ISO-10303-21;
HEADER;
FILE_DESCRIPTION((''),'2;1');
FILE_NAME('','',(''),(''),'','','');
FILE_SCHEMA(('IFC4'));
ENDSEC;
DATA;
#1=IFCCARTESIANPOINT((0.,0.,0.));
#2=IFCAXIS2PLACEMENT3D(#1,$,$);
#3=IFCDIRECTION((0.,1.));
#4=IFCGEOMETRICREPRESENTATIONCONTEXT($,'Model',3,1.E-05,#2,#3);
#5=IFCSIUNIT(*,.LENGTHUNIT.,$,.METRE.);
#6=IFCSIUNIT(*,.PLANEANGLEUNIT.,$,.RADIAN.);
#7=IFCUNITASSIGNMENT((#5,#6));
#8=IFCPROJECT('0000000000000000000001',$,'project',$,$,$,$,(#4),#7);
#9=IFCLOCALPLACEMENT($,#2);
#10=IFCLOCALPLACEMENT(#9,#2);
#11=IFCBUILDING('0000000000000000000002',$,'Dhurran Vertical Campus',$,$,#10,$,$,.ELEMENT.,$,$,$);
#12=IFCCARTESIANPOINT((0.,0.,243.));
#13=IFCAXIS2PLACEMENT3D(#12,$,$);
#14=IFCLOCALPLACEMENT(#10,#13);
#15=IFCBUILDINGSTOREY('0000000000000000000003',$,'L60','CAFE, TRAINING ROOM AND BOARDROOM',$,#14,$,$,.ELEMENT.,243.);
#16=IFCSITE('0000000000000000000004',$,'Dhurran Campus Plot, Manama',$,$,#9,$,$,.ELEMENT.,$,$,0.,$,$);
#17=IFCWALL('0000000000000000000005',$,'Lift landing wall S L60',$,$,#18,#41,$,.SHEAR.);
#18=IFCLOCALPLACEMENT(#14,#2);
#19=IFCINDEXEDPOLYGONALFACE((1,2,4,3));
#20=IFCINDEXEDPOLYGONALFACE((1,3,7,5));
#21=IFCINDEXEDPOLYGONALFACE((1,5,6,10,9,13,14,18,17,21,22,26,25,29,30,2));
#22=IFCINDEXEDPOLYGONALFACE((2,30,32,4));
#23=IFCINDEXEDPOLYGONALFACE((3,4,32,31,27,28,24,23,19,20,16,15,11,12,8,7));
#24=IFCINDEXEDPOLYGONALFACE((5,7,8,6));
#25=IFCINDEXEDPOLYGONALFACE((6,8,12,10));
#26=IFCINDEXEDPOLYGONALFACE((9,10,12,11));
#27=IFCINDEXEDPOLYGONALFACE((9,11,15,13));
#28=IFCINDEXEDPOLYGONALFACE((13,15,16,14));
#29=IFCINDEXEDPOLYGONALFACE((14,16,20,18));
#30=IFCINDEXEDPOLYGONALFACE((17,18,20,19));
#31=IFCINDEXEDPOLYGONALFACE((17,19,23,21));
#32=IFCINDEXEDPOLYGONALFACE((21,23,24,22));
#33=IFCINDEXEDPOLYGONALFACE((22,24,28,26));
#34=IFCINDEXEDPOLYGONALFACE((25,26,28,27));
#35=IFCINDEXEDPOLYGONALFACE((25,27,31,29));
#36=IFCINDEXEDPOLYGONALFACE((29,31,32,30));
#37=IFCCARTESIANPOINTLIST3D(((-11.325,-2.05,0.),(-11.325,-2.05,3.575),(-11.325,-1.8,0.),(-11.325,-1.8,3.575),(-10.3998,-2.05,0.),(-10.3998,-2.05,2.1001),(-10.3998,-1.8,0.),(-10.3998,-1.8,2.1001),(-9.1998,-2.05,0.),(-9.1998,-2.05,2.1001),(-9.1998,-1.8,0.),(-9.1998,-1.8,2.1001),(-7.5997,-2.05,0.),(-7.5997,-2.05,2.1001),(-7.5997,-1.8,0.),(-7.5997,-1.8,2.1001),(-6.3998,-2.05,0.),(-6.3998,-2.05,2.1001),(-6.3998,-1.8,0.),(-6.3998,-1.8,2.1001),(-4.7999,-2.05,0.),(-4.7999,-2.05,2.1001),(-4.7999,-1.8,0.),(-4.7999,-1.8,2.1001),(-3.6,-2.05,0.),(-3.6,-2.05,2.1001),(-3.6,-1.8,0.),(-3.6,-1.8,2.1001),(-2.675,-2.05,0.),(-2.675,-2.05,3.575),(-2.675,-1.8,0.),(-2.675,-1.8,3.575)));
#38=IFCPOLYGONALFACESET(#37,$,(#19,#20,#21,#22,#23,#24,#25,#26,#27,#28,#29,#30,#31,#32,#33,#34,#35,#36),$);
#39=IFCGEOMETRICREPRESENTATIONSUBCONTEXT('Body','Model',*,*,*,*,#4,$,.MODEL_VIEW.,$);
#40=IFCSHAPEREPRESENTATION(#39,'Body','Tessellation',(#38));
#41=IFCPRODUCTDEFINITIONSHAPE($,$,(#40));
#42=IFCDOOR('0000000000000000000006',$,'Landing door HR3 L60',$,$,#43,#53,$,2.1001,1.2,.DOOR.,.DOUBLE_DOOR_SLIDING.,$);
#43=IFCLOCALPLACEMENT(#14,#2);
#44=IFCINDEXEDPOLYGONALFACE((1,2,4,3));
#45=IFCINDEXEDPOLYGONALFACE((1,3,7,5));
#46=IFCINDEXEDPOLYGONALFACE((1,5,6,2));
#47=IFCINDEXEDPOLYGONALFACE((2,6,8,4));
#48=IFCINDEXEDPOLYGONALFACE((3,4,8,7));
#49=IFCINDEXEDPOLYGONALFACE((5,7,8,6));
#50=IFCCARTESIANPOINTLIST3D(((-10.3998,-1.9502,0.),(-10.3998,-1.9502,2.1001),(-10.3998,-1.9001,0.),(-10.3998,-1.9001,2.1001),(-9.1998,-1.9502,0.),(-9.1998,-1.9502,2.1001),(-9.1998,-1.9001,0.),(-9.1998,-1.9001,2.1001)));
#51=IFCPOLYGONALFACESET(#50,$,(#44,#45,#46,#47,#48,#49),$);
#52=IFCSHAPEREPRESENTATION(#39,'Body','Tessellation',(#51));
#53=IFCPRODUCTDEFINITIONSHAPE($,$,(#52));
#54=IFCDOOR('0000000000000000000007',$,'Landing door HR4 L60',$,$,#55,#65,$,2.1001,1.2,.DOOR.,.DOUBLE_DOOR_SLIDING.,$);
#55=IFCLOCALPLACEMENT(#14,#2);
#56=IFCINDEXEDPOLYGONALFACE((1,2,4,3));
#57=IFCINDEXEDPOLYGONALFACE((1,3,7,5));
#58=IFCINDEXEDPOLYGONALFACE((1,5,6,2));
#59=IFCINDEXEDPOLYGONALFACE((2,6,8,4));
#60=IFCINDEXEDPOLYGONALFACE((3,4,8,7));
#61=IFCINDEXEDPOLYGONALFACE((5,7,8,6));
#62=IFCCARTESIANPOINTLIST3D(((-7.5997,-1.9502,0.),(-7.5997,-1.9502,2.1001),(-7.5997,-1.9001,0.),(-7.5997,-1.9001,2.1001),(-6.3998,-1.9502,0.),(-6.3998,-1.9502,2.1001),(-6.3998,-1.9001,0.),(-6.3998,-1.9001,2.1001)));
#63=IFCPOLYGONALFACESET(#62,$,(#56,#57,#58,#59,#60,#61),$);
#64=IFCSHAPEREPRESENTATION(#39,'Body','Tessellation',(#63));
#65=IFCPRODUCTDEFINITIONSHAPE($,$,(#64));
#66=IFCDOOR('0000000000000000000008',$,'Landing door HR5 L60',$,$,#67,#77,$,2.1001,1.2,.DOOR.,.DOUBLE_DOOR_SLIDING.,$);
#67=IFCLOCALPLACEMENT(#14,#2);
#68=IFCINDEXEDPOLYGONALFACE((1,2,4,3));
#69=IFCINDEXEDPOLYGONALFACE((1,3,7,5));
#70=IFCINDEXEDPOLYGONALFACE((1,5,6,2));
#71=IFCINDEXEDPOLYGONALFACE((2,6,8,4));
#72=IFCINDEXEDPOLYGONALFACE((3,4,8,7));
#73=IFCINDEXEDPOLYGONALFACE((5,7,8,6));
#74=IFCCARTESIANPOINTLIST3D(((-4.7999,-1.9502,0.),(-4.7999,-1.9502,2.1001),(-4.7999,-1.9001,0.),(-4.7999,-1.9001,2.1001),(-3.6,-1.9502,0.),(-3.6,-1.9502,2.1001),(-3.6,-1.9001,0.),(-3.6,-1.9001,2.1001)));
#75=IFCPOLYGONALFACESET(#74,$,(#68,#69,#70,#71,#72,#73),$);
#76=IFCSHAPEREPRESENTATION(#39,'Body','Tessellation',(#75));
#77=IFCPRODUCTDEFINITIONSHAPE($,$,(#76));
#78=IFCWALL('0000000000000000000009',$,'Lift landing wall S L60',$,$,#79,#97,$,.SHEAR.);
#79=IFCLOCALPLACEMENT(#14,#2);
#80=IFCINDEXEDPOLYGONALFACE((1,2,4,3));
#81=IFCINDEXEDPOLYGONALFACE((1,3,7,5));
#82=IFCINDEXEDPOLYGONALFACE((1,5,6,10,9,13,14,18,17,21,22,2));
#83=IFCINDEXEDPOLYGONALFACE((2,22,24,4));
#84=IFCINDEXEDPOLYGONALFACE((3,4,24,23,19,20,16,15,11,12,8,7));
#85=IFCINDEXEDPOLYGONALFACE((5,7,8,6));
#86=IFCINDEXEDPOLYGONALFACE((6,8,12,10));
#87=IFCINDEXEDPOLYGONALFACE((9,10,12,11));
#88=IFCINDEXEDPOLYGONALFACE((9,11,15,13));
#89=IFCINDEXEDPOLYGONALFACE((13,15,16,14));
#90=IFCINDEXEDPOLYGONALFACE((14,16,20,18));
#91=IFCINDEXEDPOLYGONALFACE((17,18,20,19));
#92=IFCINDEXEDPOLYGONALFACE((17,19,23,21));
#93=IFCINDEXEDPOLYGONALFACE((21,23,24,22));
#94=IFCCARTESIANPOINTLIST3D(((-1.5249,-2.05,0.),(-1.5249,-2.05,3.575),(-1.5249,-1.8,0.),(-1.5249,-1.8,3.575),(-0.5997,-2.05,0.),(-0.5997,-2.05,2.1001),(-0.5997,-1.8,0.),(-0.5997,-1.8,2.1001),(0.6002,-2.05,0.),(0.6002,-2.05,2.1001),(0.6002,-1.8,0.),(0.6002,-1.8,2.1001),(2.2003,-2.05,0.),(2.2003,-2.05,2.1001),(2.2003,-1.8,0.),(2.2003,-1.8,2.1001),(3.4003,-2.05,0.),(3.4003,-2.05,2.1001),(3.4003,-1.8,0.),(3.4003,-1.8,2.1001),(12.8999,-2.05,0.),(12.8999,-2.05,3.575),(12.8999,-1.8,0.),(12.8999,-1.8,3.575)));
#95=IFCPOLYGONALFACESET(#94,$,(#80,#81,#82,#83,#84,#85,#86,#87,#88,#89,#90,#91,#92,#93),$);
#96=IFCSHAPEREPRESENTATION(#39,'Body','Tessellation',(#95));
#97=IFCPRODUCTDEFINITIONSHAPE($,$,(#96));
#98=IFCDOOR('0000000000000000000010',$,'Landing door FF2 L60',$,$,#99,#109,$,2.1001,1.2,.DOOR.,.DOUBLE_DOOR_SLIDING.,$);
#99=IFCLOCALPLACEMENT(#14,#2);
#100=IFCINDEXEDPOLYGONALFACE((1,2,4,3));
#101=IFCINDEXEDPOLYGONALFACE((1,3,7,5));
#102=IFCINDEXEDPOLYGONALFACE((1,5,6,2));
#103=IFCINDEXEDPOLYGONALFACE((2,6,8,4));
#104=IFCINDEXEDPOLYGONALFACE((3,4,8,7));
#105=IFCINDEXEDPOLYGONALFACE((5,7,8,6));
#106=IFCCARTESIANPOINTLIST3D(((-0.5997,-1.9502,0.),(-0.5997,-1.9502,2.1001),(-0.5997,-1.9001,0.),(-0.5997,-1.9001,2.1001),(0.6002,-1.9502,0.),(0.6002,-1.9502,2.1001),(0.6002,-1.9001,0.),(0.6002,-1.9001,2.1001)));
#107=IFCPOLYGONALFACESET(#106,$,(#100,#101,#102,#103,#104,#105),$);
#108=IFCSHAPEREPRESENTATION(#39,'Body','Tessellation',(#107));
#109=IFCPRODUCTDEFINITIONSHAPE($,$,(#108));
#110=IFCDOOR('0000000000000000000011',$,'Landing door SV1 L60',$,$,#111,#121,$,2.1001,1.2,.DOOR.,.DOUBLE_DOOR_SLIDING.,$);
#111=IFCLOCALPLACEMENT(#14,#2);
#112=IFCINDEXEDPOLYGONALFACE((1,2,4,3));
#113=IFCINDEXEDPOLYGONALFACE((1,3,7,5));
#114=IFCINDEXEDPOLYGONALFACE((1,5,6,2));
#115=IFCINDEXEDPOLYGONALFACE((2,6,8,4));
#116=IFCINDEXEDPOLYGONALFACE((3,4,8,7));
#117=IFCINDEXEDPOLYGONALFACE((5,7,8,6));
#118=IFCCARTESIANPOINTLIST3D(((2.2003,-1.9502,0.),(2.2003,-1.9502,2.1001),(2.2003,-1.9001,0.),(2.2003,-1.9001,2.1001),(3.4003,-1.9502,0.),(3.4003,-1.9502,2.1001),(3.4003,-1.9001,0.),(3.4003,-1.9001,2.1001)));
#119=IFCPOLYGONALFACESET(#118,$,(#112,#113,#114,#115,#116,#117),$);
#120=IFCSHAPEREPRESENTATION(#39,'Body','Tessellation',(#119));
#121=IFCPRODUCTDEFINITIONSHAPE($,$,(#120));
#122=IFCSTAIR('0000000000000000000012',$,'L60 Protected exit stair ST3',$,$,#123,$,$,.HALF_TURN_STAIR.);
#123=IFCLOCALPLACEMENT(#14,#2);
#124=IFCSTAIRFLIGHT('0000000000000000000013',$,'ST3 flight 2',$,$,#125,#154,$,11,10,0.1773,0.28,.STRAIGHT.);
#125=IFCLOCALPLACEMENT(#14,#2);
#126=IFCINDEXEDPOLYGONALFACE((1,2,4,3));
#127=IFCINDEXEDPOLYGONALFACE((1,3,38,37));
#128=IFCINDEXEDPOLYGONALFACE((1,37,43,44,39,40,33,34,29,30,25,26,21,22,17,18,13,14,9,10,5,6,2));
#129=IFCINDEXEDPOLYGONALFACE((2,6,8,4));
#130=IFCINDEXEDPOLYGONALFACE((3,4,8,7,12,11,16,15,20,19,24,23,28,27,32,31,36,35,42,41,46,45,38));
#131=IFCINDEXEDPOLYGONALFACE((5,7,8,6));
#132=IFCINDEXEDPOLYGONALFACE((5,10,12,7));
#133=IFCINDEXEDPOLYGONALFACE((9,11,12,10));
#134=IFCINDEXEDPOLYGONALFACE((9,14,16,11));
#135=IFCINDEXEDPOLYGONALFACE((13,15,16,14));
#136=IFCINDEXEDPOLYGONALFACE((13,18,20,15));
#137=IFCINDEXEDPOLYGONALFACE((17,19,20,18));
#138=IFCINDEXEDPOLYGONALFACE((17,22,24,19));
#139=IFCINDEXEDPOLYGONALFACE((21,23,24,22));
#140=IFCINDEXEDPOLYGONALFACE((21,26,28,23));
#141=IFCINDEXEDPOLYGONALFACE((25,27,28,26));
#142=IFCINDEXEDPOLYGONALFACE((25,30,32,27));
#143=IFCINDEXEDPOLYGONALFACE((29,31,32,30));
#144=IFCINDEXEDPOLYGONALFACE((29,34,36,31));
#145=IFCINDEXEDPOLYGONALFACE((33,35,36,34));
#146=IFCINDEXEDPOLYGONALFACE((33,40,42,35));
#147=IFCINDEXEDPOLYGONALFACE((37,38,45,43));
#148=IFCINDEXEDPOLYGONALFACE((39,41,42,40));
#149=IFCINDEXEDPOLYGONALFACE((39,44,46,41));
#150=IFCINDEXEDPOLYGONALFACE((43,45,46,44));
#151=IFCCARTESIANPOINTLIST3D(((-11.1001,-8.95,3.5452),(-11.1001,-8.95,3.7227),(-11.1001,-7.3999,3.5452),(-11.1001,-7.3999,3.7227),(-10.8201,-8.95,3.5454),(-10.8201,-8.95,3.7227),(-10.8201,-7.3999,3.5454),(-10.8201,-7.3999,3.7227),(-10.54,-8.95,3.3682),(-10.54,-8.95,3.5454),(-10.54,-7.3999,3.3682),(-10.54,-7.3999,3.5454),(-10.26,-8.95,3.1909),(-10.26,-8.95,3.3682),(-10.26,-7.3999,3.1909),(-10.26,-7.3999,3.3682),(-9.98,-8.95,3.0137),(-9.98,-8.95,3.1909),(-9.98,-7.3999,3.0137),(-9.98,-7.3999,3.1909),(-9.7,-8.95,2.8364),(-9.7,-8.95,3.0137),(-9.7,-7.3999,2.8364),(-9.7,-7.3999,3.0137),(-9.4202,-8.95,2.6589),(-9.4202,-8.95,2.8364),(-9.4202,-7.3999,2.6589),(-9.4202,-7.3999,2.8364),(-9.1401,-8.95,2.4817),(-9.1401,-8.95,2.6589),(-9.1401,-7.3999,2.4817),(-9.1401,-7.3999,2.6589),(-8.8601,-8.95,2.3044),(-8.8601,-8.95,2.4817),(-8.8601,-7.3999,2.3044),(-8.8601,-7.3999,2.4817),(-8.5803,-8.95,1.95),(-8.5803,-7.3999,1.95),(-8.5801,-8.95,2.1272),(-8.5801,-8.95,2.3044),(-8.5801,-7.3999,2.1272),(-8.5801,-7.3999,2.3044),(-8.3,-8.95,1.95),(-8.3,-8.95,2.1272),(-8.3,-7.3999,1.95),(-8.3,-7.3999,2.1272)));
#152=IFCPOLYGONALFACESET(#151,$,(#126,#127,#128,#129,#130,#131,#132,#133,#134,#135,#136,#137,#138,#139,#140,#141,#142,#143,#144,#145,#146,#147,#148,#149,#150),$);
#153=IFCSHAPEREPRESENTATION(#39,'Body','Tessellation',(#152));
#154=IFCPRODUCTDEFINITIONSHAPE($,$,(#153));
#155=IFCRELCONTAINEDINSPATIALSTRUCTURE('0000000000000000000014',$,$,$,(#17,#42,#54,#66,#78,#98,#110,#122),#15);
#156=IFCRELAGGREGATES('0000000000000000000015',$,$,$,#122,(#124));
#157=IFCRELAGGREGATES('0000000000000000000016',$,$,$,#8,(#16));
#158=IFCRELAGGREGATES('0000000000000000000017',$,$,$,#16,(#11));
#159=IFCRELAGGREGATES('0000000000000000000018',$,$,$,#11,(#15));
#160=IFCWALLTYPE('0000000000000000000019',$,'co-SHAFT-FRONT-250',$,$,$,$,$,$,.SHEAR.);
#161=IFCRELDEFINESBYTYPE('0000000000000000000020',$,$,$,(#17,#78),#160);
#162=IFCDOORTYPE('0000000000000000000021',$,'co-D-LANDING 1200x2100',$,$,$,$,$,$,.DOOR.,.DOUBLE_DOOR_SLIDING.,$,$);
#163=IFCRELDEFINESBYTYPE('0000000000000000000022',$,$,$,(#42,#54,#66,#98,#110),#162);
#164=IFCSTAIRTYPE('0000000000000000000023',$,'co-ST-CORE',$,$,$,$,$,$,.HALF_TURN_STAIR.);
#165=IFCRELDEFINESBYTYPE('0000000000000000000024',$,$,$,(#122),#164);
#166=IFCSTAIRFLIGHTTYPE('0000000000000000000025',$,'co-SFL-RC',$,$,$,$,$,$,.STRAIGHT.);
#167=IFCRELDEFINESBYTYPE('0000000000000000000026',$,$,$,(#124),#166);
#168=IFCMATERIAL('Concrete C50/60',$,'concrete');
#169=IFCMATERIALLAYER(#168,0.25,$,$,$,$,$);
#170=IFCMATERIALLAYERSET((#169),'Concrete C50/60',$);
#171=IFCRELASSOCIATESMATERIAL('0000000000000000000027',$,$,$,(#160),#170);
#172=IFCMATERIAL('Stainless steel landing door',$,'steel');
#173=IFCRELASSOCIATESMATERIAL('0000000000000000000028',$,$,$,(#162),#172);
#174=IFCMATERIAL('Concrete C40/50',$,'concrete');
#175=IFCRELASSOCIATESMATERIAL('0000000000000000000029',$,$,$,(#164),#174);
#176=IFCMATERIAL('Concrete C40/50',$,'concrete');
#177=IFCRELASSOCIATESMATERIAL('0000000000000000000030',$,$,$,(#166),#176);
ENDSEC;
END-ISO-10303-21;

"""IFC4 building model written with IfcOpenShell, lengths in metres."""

from ifc_helpers import new_model, si_unit, direction, frame, frame_2d, origin, place, context, subcontext, project, spatial, polyline, rectangle, outline, extrude, material, layer, layer_set, type_object, element, fill, aggregate, save


model = new_model("IFC4")

# Units and contexts
model_context = context("Model", 3, precision=1e-05, world=origin(), true_north=direction((0.0, 1.0)))
body_context = subcontext(model_context, "Body", "Model", "MODEL_VIEW")
ifc_project = project(units=[si_unit("LENGTHUNIT", "METRE"), si_unit("PLANEANGLEUNIT", "RADIAN")], contexts=[model_context])

# Site, building, storey
site_placement = place(None, origin())
site = spatial("IfcSite", under=ifc_project, at=site_placement, Name="Dhurran Campus Plot, Manama", CompositionType="ELEMENT", RefElevation=0.0)
building_placement = place(site_placement, origin())
building = spatial("IfcBuilding", under=site, at=building_placement, Name="Dhurran Vertical Campus", CompositionType="ELEMENT")
storey_placement = place(building_placement, frame((0.0, 0.0, 243.0)))
storey = spatial("IfcBuildingStorey", under=building, at=storey_placement, Name="L60", Description="CAFE, TRAINING ROOM AND BOARDROOM", CompositionType="ELEMENT", Elevation=243.0)

# Walls, openings, doors
ifc_material_1 = material(Name="Concrete C50/60", Category="concrete")
ifc_layer_1 = layer(ifc_material_1, 0.25)
ifc_layer_set_1 = layer_set([ifc_layer_1], Name="Concrete C50/60")
wall_type_1 = type_object("IfcWallType", Name="co-SHAFT-FRONT-250", PredefinedType="SHEAR", material=ifc_layer_set_1)
wall_1_placement = place(storey_placement, frame((-11.325, -1.925, 0.0), z_axis=(0.0, 0.0, 1.0), x_axis=(1.0, 0.0, 0.0)))
wall_1 = element("IfcWall", 1, at=wall_1_placement, inside=storey, type_object=wall_type_1, Name="Lift landing wall S L60", PredefinedType="SHEAR", context=body_context, shape_type="SweptSolid", body=[
    extrude(rectangle(XDim=8.6499, YDim=0.25, at=frame_2d((4.325, 0.0))), origin(), (0.0, 0.0, 1.0), 3.575),
])
opening_1_placement = place(wall_1_placement, frame((0.925, 0.0, 0.0)))
opening_1 = element("IfcOpeningElement", 2, at=opening_1_placement, cuts=wall_1, PredefinedType="OPENING", context=body_context, shape_type="SweptSolid", body=[
    extrude(rectangle(XDim=1.2, YDim=2.1001, at=frame_2d((0.6001, 1.05))), frame((0.0, 0.135, 0.0), z_axis=(0.0, -1.0, 0.0), x_axis=(1.0, 0.0, 0.0)), (0.0, 0.0, 1.0), 0.27),
])
opening_2_placement = place(wall_1_placement, frame((3.7251, 0.0, 0.0)))
opening_2 = element("IfcOpeningElement", 3, at=opening_2_placement, cuts=wall_1, PredefinedType="OPENING", context=body_context, shape_type="SweptSolid", body=[
    extrude(rectangle(XDim=1.2, YDim=2.1001, at=frame_2d((0.6001, 1.05))), frame((0.0, 0.135, 0.0), z_axis=(0.0, -1.0, 0.0), x_axis=(1.0, 0.0, 0.0)), (0.0, 0.0, 1.0), 0.27),
])
opening_3_placement = place(wall_1_placement, frame((6.5249, 0.0, 0.0)))
opening_3 = element("IfcOpeningElement", 4, at=opening_3_placement, cuts=wall_1, PredefinedType="OPENING", context=body_context, shape_type="SweptSolid", body=[
    extrude(rectangle(XDim=1.2, YDim=2.1001, at=frame_2d((0.6001, 1.05))), frame((0.0, 0.135, 0.0), z_axis=(0.0, -1.0, 0.0), x_axis=(1.0, 0.0, 0.0)), (0.0, 0.0, 1.0), 0.27),
])
ifc_material_2 = material(Name="Stainless steel landing door", Category="steel")
door_type_1 = type_object("IfcDoorType", Name="co-D-LANDING 1200x2100", OperationType="DOUBLE_DOOR_SLIDING", PredefinedType="DOOR", material=ifc_material_2)
door_1_placement = place(opening_1_placement, origin())
door_1 = element("IfcDoor", 5, at=door_1_placement, inside=storey, type_object=door_type_1, Name="Landing door HR3 L60", OperationType="DOUBLE_DOOR_SLIDING", OverallHeight=2.1001, OverallWidth=1.2, PredefinedType="DOOR", context=body_context, shape_type="SweptSolid", body=[
    extrude(rectangle(XDim=1.2, YDim=2.1001, at=frame_2d((0.6001, 1.05))), frame((0.0, 0.0249, 0.0), z_axis=(0.0, -1.0, 0.0), x_axis=(1.0, 0.0, 0.0)), (0.0, 0.0, 1.0), 0.05),
])
fill(opening_1, door_1)
door_2_placement = place(opening_2_placement, origin())
door_2 = element("IfcDoor", 6, at=door_2_placement, inside=storey, type_object=door_type_1, Name="Landing door HR4 L60", OperationType="DOUBLE_DOOR_SLIDING", OverallHeight=2.1001, OverallWidth=1.2, PredefinedType="DOOR", context=body_context, shape_type="SweptSolid", body=[
    extrude(rectangle(XDim=1.2, YDim=2.1001, at=frame_2d((0.6001, 1.05))), frame((0.0, 0.0249, 0.0), z_axis=(0.0, -1.0, 0.0), x_axis=(1.0, 0.0, 0.0)), (0.0, 0.0, 1.0), 0.05),
])
fill(opening_2, door_2)
door_3_placement = place(opening_3_placement, origin())
door_3 = element("IfcDoor", 7, at=door_3_placement, inside=storey, type_object=door_type_1, Name="Landing door HR5 L60", OperationType="DOUBLE_DOOR_SLIDING", OverallHeight=2.1001, OverallWidth=1.2, PredefinedType="DOOR", context=body_context, shape_type="SweptSolid", body=[
    extrude(rectangle(XDim=1.2, YDim=2.1001, at=frame_2d((0.6001, 1.05))), frame((0.0, 0.0249, 0.0), z_axis=(0.0, -1.0, 0.0), x_axis=(1.0, 0.0, 0.0)), (0.0, 0.0, 1.0), 0.05),
])
fill(opening_3, door_3)
wall_2_placement = place(storey_placement, frame((-1.5249, -1.925, 0.0), z_axis=(0.0, 0.0, 1.0), x_axis=(1.0, 0.0, 0.0)))
wall_2 = element("IfcWall", 8, at=wall_2_placement, inside=storey, type_object=wall_type_1, Name="Lift landing wall S L60", PredefinedType="SHEAR", context=body_context, shape_type="SweptSolid", body=[
    extrude(rectangle(XDim=14.4248, YDim=0.25, at=frame_2d((7.2124, 0.0))), origin(), (0.0, 0.0, 1.0), 3.575),
])
opening_4_placement = place(wall_2_placement, frame((0.925, 0.0, 0.0)))
opening_4 = element("IfcOpeningElement", 9, at=opening_4_placement, cuts=wall_2, PredefinedType="OPENING", context=body_context, shape_type="SweptSolid", body=[
    extrude(rectangle(XDim=1.2, YDim=2.1001, at=frame_2d((0.6001, 1.05))), frame((0.0, 0.135, 0.0), z_axis=(0.0, -1.0, 0.0), x_axis=(1.0, 0.0, 0.0)), (0.0, 0.0, 1.0), 0.27),
])
opening_5_placement = place(wall_2_placement, frame((3.7251, 0.0, 0.0)))
opening_5 = element("IfcOpeningElement", 10, at=opening_5_placement, cuts=wall_2, PredefinedType="OPENING", context=body_context, shape_type="SweptSolid", body=[
    extrude(rectangle(XDim=1.2, YDim=2.1001, at=frame_2d((0.6001, 1.05))), frame((0.0, 0.135, 0.0), z_axis=(0.0, -1.0, 0.0), x_axis=(1.0, 0.0, 0.0)), (0.0, 0.0, 1.0), 0.27),
])
door_4_placement = place(opening_4_placement, origin())
door_4 = element("IfcDoor", 11, at=door_4_placement, inside=storey, type_object=door_type_1, Name="Landing door FF2 L60", OperationType="DOUBLE_DOOR_SLIDING", OverallHeight=2.1001, OverallWidth=1.2, PredefinedType="DOOR", context=body_context, shape_type="SweptSolid", body=[
    extrude(rectangle(XDim=1.2, YDim=2.1001, at=frame_2d((0.6001, 1.05))), frame((0.0, 0.0249, 0.0), z_axis=(0.0, -1.0, 0.0), x_axis=(1.0, 0.0, 0.0)), (0.0, 0.0, 1.0), 0.05),
])
fill(opening_4, door_4)
door_5_placement = place(opening_5_placement, origin())
door_5 = element("IfcDoor", 12, at=door_5_placement, inside=storey, type_object=door_type_1, Name="Landing door SV1 L60", OperationType="DOUBLE_DOOR_SLIDING", OverallHeight=2.1001, OverallWidth=1.2, PredefinedType="DOOR", context=body_context, shape_type="SweptSolid", body=[
    extrude(rectangle(XDim=1.2, YDim=2.1001, at=frame_2d((0.6001, 1.05))), frame((0.0, 0.0249, 0.0), z_axis=(0.0, -1.0, 0.0), x_axis=(1.0, 0.0, 0.0)), (0.0, 0.0, 1.0), 0.05),
])
fill(opening_5, door_5)

# Stair, stair flight
ifc_material_3 = material(Name="Concrete C40/50", Category="concrete")
stair_type = type_object("IfcStairType", Name="co-ST-CORE", PredefinedType="HALF_TURN_STAIR", material=ifc_material_3)
stair_placement = place(storey_placement, origin())
stair = element("IfcStair", 13, at=stair_placement, inside=storey, type_object=stair_type, Name="L60 Protected exit stair ST3", PredefinedType="HALF_TURN_STAIR")
ifc_material_4 = material(Name="Concrete C40/50", Category="concrete")
stair_flight_type = type_object("IfcStairFlightType", Name="co-SFL-RC", PredefinedType="STRAIGHT", material=ifc_material_4)
stair_flight_placement = place(storey_placement, frame((-8.3, -8.175, 1.95), z_axis=(0.0, 0.0, 1.0), x_axis=(-1.0, 0.0, 0.0)))
stair_flight = element("IfcStairFlight", 14, at=stair_flight_placement, type_object=stair_flight_type, Name="ST3 flight 2", NumberOfRisers=11, NumberOfTreads=10, PredefinedType="STRAIGHT", RiserHeight=0.1773, TreadLength=0.28, context=body_context, shape_type="SweptSolid", body=[
    extrude(outline(polyline([(0.0, 0.0), (0.0, 0.1772), (0.28, 0.1772), (0.28, 0.3545), (0.5601, 0.3545), (0.5601, 0.5317), (0.8401, 0.5317), (0.8401, 0.709), (1.1201, 0.709), (1.1201, 0.8865), (1.3999, 0.8865), (1.3999, 1.0637), (1.6799, 1.0637), (1.6799, 1.241), (1.96, 1.241), (1.96, 1.4182), (2.24, 1.4182), (2.24, 1.5955), (2.52, 1.5955), (2.52, 1.7727), (2.8, 1.7727), (2.8, 1.95), (2.8, 1.5952), (0.2803, 0.0), (0.0, 0.0)])), frame((0.0, 0.7749, 0.0), z_axis=(0.0, -1.0, 0.0), x_axis=(1.0, 0.0, 0.0)), (0.0, 0.0, 1.0), 1.55),
])
aggregate(stair, [stair_flight])

save(model, "model.ifc")
